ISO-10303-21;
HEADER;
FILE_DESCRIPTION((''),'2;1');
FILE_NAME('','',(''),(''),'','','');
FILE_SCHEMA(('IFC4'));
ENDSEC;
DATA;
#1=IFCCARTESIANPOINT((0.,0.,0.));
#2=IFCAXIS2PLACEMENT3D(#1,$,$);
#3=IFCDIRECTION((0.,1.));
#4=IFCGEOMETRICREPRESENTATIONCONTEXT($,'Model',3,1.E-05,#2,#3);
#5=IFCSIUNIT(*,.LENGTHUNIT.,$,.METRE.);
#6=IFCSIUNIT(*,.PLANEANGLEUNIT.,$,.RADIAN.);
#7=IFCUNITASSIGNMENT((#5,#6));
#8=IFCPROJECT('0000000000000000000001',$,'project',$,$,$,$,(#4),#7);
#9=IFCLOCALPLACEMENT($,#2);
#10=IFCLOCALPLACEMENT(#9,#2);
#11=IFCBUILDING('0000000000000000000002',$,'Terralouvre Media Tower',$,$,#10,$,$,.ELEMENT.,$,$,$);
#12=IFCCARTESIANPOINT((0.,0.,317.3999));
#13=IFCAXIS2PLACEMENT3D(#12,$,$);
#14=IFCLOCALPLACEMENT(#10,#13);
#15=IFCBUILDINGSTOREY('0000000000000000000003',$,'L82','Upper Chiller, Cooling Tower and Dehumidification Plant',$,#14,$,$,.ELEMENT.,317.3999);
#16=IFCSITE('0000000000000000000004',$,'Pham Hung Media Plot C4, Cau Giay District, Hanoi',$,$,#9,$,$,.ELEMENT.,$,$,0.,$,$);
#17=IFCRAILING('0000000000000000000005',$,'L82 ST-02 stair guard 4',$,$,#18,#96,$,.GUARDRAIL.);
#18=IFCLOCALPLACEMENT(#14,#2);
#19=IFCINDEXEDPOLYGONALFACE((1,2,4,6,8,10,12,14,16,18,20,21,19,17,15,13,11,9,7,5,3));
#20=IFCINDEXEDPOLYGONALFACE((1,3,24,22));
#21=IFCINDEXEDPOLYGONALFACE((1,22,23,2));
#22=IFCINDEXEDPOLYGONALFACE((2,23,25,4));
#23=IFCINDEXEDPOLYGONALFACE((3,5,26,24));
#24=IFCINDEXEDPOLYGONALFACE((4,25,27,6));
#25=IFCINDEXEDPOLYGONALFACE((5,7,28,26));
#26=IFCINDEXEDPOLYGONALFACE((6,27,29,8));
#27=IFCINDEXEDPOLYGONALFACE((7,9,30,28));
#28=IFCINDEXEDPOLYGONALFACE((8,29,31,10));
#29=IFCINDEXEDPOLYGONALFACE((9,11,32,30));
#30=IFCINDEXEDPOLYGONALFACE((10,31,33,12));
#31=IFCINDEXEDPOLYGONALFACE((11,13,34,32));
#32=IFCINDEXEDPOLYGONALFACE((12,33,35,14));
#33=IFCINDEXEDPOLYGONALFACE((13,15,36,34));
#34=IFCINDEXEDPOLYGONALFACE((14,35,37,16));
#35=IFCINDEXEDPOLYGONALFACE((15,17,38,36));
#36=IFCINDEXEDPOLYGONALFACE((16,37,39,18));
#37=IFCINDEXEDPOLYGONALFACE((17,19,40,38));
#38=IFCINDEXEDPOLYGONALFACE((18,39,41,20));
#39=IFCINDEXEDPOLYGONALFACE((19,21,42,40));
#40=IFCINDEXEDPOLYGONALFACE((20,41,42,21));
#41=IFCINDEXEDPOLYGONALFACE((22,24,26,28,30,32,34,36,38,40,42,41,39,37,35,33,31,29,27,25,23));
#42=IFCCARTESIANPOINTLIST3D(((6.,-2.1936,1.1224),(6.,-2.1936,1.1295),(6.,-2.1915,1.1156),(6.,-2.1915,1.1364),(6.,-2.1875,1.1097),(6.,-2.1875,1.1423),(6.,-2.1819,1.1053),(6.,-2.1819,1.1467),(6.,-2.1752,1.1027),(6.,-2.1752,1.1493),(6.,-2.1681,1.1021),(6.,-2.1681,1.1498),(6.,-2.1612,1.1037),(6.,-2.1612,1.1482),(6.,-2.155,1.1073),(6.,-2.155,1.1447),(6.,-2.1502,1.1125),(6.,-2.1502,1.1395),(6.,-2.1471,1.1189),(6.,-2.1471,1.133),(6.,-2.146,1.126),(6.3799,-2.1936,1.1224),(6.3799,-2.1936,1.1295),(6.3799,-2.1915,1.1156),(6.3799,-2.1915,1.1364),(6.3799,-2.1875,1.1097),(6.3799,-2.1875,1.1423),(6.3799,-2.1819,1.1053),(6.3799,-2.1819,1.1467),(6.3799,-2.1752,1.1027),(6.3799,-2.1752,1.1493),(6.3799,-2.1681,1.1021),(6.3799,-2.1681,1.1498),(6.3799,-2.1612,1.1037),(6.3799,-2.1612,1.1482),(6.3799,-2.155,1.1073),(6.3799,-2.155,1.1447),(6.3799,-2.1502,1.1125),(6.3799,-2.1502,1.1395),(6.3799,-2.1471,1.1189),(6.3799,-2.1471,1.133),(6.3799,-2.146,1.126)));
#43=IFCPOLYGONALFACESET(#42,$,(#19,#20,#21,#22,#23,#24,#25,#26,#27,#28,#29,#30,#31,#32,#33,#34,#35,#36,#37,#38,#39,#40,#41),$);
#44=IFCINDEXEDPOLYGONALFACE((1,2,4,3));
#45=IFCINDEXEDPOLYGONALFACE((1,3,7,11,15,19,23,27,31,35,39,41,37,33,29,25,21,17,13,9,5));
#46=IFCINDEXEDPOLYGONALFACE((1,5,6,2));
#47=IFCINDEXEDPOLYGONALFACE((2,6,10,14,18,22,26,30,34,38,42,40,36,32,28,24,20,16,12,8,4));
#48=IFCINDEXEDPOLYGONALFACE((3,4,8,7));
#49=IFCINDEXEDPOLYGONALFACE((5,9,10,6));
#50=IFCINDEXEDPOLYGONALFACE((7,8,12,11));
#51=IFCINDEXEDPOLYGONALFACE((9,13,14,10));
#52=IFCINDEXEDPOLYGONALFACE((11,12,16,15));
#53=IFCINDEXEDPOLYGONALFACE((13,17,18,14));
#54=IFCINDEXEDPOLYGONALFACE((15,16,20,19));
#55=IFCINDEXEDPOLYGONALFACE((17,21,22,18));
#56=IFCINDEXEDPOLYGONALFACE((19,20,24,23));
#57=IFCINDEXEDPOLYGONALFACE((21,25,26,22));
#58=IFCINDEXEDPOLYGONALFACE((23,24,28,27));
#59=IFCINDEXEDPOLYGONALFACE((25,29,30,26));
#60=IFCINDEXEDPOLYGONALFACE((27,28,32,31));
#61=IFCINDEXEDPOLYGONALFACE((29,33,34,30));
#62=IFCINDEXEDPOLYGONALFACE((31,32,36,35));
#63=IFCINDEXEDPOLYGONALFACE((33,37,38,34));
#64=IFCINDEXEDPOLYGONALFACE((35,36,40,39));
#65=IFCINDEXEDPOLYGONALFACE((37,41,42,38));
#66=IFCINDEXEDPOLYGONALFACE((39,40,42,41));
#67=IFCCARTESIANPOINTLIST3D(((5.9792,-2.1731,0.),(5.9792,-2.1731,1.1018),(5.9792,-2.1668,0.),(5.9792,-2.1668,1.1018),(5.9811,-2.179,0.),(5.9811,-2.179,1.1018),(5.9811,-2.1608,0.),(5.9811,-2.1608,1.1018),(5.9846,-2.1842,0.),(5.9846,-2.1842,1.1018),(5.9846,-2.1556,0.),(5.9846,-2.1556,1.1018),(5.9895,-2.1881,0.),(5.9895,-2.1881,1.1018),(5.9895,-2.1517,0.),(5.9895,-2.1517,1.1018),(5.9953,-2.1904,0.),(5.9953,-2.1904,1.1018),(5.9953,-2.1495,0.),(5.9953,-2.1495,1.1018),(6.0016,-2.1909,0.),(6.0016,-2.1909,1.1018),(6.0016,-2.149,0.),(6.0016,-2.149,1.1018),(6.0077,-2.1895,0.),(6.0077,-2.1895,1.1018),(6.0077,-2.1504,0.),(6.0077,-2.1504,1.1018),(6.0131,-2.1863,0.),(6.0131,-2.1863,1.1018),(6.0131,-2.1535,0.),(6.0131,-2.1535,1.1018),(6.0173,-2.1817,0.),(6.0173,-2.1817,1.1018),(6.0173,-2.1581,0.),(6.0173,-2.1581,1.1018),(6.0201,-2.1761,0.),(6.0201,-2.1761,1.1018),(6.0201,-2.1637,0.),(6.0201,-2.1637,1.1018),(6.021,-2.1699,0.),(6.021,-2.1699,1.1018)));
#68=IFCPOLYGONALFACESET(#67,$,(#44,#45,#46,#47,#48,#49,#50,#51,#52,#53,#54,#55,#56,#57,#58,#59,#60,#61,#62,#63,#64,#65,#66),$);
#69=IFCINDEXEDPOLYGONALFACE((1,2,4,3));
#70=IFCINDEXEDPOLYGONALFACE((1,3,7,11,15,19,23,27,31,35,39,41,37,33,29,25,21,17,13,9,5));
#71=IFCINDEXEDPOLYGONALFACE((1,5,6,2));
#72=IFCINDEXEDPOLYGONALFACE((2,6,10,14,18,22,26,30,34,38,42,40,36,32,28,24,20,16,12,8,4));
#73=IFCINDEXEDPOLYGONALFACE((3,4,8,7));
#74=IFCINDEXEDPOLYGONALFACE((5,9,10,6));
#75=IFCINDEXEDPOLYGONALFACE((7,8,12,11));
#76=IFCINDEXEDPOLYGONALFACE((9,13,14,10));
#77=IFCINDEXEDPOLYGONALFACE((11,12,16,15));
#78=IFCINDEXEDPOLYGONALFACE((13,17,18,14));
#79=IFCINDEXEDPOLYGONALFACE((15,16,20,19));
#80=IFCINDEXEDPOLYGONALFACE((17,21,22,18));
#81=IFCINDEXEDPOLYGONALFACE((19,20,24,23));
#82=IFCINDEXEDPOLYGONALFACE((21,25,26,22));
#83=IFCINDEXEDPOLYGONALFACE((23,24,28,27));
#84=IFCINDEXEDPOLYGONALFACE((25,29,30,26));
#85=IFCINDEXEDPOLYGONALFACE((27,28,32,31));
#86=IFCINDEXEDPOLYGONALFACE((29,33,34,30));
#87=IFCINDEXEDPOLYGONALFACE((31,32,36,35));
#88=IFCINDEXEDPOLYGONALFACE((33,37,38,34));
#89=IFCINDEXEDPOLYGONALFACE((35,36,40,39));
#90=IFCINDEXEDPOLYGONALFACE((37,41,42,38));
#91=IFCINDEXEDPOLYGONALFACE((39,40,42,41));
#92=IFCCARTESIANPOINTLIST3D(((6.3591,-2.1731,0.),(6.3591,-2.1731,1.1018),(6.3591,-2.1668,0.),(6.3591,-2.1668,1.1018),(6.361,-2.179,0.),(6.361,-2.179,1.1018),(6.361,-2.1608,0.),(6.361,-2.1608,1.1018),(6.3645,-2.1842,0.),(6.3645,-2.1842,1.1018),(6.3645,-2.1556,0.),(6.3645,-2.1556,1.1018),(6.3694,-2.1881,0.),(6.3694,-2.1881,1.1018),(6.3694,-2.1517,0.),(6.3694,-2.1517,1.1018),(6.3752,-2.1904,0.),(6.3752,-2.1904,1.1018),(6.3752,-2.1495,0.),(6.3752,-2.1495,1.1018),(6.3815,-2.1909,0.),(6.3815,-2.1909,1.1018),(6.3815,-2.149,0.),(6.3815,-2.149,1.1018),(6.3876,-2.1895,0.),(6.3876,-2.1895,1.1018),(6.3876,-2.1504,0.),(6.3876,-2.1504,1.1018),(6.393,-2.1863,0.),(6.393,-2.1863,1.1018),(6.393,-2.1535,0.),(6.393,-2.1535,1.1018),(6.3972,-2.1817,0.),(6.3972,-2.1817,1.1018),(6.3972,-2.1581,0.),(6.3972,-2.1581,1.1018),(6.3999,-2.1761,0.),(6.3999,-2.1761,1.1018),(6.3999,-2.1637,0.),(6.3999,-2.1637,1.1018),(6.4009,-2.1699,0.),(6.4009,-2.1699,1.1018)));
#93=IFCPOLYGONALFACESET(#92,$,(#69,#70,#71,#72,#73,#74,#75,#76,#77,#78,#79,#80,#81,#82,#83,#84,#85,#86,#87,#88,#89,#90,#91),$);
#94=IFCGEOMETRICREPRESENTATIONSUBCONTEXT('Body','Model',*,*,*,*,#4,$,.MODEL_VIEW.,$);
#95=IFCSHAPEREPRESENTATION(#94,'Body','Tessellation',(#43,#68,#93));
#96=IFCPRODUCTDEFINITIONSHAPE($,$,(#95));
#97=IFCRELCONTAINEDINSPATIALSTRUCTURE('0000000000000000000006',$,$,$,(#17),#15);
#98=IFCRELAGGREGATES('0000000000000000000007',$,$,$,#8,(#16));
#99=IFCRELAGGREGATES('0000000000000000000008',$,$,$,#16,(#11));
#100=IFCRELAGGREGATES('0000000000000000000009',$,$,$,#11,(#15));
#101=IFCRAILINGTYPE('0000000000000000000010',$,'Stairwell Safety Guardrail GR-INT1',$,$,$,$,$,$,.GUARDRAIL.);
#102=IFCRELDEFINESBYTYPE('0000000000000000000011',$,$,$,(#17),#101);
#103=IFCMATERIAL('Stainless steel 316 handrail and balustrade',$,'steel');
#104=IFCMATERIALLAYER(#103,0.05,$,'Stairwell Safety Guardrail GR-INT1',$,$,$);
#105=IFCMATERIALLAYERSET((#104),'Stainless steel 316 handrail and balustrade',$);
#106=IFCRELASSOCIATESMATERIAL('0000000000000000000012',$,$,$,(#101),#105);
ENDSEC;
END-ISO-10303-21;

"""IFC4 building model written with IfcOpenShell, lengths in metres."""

from ifc_helpers import new_model, si_unit, direction, frame, origin, origin_2d, place, context, subcontext, project, spatial, circle, extrude, material, layer, layer_set, type_object, element, save


model = new_model("IFC4")

# Units and contexts
model_context = context("Model", 3, precision=1e-05, world=origin(), true_north=direction((0.0, 1.0)))
body_context = subcontext(model_context, "Body", "Model", "MODEL_VIEW")
ifc_project = project(units=[si_unit("LENGTHUNIT", "METRE"), si_unit("PLANEANGLEUNIT", "RADIAN")], contexts=[model_context])

# Site, building, storey
site_placement = place(None, origin())
site = spatial("IfcSite", under=ifc_project, at=site_placement, Name="Pham Hung Media Plot C4, Cau Giay District, Hanoi", CompositionType="ELEMENT", RefElevation=0.0)
building_placement = place(site_placement, origin())
building = spatial("IfcBuilding", under=site, at=building_placement, Name="Terralouvre Media Tower", CompositionType="ELEMENT")
storey_placement = place(building_placement, frame((0.0, 0.0, 317.3999)))
storey = spatial("IfcBuildingStorey", under=building, at=storey_placement, Name="L82", Description="Upper Chiller, Cooling Tower and Dehumidification Plant", CompositionType="ELEMENT", Elevation=317.3999)

# Railing
ifc_material_1 = material(Name="Stainless steel 316 handrail and balustrade", Category="steel")
ifc_layer_1 = layer(ifc_material_1, 0.05, Name="Stairwell Safety Guardrail GR-INT1")
ifc_layer_set_1 = layer_set([ifc_layer_1], Name="Stainless steel 316 handrail and balustrade")
railing_type_1 = type_object("IfcRailingType", Name="Stairwell Safety Guardrail GR-INT1", PredefinedType="GUARDRAIL", material=ifc_layer_set_1)
railing_1_placement = place(storey_placement, frame((6.0, -2.1699, 0.0)))
element("IfcRailing", 1, at=railing_1_placement, inside=storey, type_object=railing_type_1, Name="L82 ST-02 stair guard 4", PredefinedType="GUARDRAIL", context=body_context, shape_type="SweptSolid", body=[
    extrude(circle(Radius=0.0239, at=origin_2d()), frame((0.0, 0.0, 1.126), z_axis=(1.0, 0.0, 0.0), x_axis=(0.0, 1.0, 0.0)), (0.0, 0.0, 1.0), 0.3799),
    extrude(circle(Radius=0.021, at=origin_2d()), origin(), (0.0, 0.0, 1.0), 1.1018),
    extrude(circle(Radius=0.021, at=origin_2d()), frame((0.3799, 0.0, 0.0)), (0.0, 0.0, 1.0), 1.1018),
])

save(model, "model.ifc")
